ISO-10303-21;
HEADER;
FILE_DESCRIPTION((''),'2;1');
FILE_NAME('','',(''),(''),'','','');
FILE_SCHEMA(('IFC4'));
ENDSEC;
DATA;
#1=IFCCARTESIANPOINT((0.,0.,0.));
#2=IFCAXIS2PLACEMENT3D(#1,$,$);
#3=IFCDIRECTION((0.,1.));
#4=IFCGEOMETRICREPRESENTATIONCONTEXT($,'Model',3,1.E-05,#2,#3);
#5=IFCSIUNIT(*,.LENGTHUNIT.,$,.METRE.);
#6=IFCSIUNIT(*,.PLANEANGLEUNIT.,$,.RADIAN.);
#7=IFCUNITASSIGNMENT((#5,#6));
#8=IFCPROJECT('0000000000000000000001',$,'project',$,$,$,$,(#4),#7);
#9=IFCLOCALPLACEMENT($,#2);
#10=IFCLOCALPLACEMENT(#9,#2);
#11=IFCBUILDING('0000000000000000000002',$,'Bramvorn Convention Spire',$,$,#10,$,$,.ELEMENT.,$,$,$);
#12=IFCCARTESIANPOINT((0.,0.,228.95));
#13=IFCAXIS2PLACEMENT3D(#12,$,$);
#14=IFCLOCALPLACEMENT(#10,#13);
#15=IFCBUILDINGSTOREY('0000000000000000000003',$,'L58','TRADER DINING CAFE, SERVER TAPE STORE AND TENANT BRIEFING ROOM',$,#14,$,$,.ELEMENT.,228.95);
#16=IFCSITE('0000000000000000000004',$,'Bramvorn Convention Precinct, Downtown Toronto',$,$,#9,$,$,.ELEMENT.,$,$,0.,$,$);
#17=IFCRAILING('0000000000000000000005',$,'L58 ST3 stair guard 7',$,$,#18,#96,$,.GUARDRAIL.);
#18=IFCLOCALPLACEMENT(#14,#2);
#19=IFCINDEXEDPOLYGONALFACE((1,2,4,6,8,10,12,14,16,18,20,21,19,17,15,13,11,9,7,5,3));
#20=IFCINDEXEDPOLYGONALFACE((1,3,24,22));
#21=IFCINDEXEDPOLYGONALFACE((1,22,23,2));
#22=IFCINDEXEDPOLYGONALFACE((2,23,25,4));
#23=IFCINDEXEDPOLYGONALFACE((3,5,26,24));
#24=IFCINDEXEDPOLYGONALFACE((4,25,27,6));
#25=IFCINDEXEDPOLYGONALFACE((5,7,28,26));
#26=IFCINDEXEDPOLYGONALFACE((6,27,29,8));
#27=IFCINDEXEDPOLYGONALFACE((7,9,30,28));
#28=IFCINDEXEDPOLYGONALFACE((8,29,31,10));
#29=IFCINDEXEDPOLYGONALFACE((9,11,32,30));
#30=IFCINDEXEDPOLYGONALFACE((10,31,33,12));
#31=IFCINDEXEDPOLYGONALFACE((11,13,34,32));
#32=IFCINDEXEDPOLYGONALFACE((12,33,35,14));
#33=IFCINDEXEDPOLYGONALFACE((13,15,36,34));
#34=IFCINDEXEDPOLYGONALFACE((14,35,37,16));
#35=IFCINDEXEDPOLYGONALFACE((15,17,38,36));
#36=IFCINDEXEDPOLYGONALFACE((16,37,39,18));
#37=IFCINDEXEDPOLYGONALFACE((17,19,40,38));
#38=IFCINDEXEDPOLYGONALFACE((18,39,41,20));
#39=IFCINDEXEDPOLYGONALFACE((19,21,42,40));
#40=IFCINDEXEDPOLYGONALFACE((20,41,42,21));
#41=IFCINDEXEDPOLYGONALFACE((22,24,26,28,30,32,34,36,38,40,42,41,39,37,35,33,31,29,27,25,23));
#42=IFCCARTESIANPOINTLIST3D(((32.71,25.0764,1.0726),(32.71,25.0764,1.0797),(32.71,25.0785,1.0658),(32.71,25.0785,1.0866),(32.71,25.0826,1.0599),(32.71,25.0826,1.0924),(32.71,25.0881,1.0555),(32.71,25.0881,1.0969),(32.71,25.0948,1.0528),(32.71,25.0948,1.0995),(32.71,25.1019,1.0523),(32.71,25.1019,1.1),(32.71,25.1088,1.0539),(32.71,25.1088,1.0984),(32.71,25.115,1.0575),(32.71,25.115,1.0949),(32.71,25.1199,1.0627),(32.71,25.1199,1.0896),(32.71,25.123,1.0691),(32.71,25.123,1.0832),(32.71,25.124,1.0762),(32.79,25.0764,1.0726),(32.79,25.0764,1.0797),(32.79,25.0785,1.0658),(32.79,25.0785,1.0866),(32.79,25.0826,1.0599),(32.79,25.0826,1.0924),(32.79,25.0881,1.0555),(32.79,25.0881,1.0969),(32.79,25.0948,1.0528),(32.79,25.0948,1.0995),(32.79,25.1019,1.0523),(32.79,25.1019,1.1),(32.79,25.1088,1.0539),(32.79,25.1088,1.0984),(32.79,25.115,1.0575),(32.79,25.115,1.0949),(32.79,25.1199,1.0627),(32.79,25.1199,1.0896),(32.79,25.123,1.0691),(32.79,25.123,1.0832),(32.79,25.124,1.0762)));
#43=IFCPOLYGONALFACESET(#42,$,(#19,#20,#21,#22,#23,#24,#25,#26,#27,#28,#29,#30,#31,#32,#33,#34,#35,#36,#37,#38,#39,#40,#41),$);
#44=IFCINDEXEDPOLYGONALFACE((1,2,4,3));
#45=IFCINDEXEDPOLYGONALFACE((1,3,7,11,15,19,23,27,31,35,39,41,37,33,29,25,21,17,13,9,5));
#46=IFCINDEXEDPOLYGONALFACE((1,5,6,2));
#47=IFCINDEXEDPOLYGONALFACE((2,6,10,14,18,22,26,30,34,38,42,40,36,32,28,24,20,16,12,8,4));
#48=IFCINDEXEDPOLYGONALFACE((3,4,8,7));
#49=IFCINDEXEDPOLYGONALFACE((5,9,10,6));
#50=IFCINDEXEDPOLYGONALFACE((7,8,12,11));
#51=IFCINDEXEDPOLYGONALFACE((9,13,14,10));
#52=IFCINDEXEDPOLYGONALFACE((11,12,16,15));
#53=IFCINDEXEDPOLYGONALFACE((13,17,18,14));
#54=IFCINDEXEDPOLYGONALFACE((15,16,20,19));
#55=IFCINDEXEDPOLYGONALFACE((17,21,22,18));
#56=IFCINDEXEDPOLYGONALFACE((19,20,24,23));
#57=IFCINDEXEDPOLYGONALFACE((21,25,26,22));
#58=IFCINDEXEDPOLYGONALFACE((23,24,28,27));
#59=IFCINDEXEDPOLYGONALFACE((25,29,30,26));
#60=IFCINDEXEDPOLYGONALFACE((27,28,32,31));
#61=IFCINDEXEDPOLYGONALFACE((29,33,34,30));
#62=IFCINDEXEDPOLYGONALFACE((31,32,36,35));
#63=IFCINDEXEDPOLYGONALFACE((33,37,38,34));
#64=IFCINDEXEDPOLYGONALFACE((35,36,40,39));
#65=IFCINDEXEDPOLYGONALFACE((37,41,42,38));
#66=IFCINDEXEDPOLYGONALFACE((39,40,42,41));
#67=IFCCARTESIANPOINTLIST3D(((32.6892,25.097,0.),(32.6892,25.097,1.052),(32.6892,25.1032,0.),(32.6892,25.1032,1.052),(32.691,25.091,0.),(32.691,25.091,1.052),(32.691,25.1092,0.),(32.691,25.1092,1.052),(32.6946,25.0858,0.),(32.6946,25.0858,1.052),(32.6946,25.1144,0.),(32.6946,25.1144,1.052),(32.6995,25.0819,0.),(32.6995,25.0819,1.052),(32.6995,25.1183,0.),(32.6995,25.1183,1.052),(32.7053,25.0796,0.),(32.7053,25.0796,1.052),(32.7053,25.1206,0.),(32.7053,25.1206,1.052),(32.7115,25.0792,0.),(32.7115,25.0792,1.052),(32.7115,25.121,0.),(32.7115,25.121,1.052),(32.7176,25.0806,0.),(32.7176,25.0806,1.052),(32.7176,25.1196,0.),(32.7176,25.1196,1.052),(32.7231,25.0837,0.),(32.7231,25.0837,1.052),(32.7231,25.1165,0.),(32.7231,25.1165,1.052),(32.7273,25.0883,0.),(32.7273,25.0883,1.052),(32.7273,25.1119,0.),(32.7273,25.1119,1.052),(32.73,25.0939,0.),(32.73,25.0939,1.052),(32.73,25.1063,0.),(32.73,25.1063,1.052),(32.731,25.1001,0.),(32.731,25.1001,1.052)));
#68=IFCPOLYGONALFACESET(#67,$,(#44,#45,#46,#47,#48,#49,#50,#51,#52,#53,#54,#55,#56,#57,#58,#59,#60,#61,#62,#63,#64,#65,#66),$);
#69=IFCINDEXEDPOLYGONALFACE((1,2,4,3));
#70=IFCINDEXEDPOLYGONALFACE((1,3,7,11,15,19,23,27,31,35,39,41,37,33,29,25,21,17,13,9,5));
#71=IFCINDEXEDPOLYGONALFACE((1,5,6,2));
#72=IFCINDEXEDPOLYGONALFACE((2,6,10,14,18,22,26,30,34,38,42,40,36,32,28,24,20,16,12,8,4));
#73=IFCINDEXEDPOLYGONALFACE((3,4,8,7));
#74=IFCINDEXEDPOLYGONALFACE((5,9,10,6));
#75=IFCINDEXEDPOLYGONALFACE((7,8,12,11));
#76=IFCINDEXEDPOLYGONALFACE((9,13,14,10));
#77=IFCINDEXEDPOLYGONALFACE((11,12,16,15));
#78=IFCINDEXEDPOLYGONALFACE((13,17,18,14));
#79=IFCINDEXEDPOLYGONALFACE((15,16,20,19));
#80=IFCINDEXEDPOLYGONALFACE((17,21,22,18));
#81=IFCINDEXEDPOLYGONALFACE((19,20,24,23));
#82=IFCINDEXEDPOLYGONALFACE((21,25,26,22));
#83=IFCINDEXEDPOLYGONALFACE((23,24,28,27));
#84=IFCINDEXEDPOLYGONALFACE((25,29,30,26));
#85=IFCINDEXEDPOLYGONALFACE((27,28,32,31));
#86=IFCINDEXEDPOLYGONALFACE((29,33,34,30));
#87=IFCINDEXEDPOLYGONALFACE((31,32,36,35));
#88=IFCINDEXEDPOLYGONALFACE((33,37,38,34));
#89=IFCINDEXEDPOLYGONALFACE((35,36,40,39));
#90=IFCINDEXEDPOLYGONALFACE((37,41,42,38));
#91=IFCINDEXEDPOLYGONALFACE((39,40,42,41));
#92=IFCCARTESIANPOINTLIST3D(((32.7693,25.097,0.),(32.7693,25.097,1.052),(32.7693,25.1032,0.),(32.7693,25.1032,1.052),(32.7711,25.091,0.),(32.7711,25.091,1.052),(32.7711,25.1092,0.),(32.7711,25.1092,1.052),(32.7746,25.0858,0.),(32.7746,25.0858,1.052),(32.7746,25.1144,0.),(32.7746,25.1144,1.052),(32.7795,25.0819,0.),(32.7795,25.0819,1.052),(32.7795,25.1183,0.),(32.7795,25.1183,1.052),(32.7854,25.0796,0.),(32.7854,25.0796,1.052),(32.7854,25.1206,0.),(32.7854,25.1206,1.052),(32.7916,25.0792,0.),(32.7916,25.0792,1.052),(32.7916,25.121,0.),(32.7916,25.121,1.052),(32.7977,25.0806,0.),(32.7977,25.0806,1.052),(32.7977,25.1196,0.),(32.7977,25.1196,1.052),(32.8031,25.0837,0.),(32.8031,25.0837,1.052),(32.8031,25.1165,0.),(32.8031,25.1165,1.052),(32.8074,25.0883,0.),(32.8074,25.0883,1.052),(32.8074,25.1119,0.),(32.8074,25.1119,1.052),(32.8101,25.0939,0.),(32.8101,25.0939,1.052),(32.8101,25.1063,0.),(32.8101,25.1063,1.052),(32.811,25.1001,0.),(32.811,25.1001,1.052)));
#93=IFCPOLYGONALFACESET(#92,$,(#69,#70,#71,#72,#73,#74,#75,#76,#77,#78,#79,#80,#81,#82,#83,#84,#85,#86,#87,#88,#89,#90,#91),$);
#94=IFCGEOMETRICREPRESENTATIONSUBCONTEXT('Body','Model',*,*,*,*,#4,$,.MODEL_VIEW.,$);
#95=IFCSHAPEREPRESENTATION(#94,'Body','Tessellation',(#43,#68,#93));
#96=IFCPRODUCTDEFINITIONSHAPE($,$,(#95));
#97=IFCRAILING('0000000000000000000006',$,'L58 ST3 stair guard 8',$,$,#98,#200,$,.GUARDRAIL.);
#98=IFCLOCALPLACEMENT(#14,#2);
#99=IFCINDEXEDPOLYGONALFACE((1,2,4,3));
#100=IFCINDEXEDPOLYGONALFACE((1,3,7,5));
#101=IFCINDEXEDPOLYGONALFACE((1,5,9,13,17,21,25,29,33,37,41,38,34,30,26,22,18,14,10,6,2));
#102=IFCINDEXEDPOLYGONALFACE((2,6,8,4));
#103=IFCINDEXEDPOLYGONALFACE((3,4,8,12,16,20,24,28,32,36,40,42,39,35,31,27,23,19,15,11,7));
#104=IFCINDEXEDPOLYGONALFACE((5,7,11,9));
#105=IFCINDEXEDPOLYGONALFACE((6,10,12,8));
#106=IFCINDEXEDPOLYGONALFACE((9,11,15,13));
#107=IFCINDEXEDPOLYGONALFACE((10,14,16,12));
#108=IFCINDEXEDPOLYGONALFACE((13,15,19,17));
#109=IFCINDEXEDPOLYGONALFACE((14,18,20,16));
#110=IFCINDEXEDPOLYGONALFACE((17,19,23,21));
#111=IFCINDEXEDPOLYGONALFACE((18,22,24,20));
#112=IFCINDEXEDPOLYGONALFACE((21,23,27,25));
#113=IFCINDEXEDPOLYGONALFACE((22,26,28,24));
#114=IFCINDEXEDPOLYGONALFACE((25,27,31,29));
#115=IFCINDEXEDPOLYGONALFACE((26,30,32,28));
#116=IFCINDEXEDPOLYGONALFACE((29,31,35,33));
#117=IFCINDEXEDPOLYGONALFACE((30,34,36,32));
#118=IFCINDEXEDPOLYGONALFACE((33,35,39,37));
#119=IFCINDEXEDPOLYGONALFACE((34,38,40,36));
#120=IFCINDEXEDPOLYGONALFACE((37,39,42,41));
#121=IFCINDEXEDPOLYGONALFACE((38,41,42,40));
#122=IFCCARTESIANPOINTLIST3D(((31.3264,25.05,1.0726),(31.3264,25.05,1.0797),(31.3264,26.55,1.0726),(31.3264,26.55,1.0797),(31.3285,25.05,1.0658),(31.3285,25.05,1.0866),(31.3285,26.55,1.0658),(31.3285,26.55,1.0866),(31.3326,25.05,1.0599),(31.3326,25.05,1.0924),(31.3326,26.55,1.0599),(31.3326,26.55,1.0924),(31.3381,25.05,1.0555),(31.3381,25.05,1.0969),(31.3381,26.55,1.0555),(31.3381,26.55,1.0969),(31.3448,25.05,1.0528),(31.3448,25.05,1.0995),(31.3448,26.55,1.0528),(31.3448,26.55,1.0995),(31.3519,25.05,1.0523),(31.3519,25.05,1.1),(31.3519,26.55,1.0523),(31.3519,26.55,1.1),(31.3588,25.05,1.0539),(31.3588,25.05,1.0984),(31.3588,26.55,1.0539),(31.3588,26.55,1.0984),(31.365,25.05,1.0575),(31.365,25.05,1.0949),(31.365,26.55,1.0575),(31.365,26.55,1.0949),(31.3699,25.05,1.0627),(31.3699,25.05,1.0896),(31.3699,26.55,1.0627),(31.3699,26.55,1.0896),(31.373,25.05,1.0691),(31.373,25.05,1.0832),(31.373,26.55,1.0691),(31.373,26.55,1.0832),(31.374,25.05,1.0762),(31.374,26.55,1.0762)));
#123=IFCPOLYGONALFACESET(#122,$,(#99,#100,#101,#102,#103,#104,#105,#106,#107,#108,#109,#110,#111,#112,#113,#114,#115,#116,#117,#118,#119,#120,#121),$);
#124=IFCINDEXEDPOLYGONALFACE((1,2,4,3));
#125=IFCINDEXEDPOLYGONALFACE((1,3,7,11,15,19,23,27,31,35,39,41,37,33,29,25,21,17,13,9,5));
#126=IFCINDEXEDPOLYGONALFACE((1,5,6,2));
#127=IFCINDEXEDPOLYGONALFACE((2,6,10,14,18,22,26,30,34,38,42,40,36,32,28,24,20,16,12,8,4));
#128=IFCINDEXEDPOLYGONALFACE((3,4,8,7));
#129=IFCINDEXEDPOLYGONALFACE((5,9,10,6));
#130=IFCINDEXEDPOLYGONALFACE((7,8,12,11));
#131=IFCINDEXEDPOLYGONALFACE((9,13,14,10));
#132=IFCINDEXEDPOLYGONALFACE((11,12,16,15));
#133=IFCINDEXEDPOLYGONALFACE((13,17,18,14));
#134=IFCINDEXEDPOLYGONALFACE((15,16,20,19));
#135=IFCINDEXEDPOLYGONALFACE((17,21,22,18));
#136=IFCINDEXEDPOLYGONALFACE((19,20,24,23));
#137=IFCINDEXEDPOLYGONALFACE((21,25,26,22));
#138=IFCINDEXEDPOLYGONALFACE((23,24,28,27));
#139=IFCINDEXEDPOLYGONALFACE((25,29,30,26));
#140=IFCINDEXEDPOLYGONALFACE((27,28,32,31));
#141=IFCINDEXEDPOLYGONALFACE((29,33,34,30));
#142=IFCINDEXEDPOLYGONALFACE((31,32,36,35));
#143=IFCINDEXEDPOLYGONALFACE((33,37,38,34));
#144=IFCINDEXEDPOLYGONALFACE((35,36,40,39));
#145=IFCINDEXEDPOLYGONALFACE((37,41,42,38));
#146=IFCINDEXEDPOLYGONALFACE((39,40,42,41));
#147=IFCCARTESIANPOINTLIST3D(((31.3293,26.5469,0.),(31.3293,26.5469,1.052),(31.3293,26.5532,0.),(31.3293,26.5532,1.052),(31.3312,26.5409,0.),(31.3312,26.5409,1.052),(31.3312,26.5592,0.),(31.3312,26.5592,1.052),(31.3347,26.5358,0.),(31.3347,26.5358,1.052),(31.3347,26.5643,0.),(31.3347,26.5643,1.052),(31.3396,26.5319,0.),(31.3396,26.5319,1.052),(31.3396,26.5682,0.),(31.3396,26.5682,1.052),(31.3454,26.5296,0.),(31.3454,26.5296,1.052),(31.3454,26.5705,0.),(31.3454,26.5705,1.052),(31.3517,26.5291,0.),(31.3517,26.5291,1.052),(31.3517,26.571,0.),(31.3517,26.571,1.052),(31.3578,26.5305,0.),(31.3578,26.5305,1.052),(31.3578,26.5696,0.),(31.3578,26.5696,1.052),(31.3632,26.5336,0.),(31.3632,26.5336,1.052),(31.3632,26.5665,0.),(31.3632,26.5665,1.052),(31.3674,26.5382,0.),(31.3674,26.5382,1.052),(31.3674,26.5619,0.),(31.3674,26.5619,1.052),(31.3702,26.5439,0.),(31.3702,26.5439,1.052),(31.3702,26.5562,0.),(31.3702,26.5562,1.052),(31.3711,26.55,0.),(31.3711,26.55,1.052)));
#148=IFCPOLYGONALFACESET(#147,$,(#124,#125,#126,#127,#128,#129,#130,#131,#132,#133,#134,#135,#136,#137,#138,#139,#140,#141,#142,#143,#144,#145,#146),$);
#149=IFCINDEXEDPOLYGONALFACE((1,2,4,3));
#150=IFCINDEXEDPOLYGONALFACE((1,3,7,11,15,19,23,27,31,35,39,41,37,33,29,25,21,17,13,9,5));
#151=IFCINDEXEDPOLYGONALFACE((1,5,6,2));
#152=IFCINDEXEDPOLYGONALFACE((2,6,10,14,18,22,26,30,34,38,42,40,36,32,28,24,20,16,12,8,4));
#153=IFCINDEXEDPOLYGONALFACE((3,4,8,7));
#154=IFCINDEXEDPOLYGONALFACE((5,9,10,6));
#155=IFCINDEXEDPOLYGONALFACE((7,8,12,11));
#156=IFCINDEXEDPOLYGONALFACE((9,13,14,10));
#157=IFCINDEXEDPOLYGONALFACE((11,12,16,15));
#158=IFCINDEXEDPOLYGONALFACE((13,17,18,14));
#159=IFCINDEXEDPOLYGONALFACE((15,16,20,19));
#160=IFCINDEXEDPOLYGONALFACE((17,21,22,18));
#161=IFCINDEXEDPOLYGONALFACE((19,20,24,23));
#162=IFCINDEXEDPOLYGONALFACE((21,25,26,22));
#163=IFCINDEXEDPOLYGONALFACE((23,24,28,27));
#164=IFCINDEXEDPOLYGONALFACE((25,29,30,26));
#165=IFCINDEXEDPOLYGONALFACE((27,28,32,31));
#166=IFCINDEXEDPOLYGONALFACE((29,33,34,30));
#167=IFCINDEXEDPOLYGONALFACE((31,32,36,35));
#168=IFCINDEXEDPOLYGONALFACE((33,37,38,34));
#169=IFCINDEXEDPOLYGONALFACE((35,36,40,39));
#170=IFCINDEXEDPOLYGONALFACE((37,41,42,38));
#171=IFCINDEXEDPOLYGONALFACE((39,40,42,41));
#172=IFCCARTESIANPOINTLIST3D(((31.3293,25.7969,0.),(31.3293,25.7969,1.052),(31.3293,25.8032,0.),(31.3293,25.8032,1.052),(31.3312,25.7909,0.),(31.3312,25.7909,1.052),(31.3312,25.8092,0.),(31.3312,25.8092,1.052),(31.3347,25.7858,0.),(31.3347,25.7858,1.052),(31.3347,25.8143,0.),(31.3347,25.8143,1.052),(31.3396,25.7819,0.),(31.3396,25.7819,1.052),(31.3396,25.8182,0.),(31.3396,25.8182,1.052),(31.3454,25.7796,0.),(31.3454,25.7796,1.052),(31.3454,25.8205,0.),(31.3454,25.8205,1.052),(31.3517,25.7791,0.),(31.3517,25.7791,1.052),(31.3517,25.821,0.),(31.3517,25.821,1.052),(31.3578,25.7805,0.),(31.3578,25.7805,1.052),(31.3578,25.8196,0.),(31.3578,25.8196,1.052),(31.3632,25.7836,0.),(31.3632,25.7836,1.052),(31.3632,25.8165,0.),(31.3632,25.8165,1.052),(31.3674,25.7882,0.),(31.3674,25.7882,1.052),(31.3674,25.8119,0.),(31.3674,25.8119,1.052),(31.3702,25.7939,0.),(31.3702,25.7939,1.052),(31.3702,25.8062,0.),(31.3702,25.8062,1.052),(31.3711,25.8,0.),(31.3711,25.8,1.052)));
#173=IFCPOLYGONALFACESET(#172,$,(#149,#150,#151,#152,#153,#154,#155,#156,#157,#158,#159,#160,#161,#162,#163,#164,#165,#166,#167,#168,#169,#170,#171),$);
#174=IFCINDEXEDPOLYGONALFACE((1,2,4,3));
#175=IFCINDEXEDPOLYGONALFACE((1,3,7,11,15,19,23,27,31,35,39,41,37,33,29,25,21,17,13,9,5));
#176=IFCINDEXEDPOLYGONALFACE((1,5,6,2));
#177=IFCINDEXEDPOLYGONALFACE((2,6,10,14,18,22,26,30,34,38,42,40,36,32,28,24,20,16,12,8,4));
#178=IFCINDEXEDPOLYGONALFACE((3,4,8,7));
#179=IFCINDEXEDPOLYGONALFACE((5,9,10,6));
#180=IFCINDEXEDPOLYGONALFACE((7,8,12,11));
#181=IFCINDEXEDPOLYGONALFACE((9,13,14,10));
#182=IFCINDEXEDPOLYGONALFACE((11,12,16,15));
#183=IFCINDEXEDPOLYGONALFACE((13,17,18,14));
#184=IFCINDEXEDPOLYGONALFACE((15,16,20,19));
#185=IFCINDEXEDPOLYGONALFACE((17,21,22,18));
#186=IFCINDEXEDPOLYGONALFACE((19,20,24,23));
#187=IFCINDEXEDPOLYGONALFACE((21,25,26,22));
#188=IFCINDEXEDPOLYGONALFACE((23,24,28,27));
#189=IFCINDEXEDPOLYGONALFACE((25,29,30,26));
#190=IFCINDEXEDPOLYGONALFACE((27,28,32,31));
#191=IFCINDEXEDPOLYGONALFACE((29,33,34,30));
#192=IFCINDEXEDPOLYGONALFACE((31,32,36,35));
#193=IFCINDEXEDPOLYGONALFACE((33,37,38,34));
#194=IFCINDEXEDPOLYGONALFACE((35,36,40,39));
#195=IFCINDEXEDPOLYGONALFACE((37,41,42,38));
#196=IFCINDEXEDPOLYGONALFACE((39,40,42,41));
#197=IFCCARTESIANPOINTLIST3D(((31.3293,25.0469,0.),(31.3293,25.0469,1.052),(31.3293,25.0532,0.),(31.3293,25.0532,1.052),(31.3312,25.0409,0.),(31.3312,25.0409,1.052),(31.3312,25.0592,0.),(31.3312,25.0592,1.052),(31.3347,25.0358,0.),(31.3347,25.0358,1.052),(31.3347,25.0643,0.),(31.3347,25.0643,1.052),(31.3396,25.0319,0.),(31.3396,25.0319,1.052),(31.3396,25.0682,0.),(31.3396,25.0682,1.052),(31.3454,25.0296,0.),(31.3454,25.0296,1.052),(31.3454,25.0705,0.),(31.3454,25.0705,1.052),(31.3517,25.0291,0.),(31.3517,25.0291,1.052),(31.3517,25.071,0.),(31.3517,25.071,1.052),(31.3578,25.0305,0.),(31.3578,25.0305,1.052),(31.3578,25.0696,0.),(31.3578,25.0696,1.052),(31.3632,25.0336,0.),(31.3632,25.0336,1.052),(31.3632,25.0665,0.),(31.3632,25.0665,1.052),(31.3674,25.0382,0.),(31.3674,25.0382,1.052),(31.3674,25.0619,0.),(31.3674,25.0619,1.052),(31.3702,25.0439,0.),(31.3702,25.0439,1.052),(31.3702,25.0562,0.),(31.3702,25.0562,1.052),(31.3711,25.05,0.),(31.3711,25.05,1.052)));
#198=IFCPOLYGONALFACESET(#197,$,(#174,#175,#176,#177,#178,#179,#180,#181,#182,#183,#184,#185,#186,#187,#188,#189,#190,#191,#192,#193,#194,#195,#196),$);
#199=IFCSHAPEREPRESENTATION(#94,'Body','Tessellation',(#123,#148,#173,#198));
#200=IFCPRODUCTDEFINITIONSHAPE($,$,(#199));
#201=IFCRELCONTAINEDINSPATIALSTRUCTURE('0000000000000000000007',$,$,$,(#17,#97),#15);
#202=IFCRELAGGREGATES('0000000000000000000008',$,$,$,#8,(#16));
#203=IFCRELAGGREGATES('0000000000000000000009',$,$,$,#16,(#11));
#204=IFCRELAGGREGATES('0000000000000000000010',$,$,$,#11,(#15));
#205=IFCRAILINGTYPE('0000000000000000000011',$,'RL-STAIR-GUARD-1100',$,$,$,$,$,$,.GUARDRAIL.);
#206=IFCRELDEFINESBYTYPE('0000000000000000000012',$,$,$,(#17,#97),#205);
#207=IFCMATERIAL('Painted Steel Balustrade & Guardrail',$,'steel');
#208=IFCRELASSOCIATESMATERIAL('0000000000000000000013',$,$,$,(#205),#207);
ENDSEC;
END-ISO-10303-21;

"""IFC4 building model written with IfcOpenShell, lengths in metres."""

from ifc_helpers import new_model, si_unit, direction, frame, origin, origin_2d, place, context, subcontext, project, spatial, circle, extrude, material, type_object, element, save


model = new_model("IFC4")

# Units and contexts
model_context = context("Model", 3, precision=1e-05, world=origin(), true_north=direction((0.0, 1.0)))
body_context = subcontext(model_context, "Body", "Model", "MODEL_VIEW")
ifc_project = project(units=[si_unit("LENGTHUNIT", "METRE"), si_unit("PLANEANGLEUNIT", "RADIAN")], contexts=[model_context])

# Site, building, storey
site_placement = place(None, origin())
site = spatial("IfcSite", under=ifc_project, at=site_placement, Name="Bramvorn Convention Precinct, Downtown Toronto", CompositionType="ELEMENT", RefElevation=0.0)
building_placement = place(site_placement, origin())
building = spatial("IfcBuilding", under=site, at=building_placement, Name="Bramvorn Convention Spire", CompositionType="ELEMENT")
storey_placement = place(building_placement, frame((0.0, 0.0, 228.95)))
storey = spatial("IfcBuildingStorey", under=building, at=storey_placement, Name="L58", Description="TRADER DINING CAFE, SERVER TAPE STORE AND TENANT BRIEFING ROOM", CompositionType="ELEMENT", Elevation=228.95)

# Railings
ifc_material_1 = material(Name="Painted Steel Balustrade & Guardrail", Category="steel")
railing_type = type_object("IfcRailingType", Name="RL-STAIR-GUARD-1100", PredefinedType="GUARDRAIL", material=ifc_material_1)
railing_1_placement = place(storey_placement, frame((32.71, 25.1001, 0.0)))
element("IfcRailing", 1, at=railing_1_placement, inside=storey, type_object=railing_type, Name="L58 ST3 stair guard 7", PredefinedType="GUARDRAIL", context=body_context, shape_type="SweptSolid", body=[
    extrude(circle(Radius=0.0239, at=origin_2d()), frame((0.0, 0.0, 1.0762), z_axis=(1.0, 0.0, 0.0), x_axis=(0.0, 1.0, 0.0)), (0.0, 0.0, 1.0), 0.0801),
    extrude(circle(Radius=0.021, at=origin_2d()), origin(), (0.0, 0.0, 1.0), 1.052),
    extrude(circle(Radius=0.021, at=origin_2d()), frame((0.0801, 0.0, 0.0)), (0.0, 0.0, 1.0), 1.052),
])
for number, where, name in (
    (2, (31.3501, 26.55, 0.0), "L58 ST3 stair guard 8"),
):
    element("IfcRailing", number, at=place(storey_placement, frame(where)), inside=storey, type_object=railing_type, Name=name, PredefinedType="GUARDRAIL", context=body_context, shape_type="SweptSolid", body=[
        extrude(circle(Radius=0.0239, at=origin_2d()), frame((0.0, 0.0, 1.0762), z_axis=(0.0, -1.0, 0.0), x_axis=(1.0, 0.0, 0.0)), (0.0, 0.0, 1.0), 1.5),
        extrude(circle(Radius=0.021, at=origin_2d()), origin(), (0.0, 0.0, 1.0), 1.052),
        extrude(circle(Radius=0.021, at=origin_2d()), frame((0.0, -0.75, 0.0)), (0.0, 0.0, 1.0), 1.052),
        extrude(circle(Radius=0.021, at=origin_2d()), frame((0.0, -1.5, 0.0)), (0.0, 0.0, 1.0), 1.052),
    ])

save(model, "model.ifc")
